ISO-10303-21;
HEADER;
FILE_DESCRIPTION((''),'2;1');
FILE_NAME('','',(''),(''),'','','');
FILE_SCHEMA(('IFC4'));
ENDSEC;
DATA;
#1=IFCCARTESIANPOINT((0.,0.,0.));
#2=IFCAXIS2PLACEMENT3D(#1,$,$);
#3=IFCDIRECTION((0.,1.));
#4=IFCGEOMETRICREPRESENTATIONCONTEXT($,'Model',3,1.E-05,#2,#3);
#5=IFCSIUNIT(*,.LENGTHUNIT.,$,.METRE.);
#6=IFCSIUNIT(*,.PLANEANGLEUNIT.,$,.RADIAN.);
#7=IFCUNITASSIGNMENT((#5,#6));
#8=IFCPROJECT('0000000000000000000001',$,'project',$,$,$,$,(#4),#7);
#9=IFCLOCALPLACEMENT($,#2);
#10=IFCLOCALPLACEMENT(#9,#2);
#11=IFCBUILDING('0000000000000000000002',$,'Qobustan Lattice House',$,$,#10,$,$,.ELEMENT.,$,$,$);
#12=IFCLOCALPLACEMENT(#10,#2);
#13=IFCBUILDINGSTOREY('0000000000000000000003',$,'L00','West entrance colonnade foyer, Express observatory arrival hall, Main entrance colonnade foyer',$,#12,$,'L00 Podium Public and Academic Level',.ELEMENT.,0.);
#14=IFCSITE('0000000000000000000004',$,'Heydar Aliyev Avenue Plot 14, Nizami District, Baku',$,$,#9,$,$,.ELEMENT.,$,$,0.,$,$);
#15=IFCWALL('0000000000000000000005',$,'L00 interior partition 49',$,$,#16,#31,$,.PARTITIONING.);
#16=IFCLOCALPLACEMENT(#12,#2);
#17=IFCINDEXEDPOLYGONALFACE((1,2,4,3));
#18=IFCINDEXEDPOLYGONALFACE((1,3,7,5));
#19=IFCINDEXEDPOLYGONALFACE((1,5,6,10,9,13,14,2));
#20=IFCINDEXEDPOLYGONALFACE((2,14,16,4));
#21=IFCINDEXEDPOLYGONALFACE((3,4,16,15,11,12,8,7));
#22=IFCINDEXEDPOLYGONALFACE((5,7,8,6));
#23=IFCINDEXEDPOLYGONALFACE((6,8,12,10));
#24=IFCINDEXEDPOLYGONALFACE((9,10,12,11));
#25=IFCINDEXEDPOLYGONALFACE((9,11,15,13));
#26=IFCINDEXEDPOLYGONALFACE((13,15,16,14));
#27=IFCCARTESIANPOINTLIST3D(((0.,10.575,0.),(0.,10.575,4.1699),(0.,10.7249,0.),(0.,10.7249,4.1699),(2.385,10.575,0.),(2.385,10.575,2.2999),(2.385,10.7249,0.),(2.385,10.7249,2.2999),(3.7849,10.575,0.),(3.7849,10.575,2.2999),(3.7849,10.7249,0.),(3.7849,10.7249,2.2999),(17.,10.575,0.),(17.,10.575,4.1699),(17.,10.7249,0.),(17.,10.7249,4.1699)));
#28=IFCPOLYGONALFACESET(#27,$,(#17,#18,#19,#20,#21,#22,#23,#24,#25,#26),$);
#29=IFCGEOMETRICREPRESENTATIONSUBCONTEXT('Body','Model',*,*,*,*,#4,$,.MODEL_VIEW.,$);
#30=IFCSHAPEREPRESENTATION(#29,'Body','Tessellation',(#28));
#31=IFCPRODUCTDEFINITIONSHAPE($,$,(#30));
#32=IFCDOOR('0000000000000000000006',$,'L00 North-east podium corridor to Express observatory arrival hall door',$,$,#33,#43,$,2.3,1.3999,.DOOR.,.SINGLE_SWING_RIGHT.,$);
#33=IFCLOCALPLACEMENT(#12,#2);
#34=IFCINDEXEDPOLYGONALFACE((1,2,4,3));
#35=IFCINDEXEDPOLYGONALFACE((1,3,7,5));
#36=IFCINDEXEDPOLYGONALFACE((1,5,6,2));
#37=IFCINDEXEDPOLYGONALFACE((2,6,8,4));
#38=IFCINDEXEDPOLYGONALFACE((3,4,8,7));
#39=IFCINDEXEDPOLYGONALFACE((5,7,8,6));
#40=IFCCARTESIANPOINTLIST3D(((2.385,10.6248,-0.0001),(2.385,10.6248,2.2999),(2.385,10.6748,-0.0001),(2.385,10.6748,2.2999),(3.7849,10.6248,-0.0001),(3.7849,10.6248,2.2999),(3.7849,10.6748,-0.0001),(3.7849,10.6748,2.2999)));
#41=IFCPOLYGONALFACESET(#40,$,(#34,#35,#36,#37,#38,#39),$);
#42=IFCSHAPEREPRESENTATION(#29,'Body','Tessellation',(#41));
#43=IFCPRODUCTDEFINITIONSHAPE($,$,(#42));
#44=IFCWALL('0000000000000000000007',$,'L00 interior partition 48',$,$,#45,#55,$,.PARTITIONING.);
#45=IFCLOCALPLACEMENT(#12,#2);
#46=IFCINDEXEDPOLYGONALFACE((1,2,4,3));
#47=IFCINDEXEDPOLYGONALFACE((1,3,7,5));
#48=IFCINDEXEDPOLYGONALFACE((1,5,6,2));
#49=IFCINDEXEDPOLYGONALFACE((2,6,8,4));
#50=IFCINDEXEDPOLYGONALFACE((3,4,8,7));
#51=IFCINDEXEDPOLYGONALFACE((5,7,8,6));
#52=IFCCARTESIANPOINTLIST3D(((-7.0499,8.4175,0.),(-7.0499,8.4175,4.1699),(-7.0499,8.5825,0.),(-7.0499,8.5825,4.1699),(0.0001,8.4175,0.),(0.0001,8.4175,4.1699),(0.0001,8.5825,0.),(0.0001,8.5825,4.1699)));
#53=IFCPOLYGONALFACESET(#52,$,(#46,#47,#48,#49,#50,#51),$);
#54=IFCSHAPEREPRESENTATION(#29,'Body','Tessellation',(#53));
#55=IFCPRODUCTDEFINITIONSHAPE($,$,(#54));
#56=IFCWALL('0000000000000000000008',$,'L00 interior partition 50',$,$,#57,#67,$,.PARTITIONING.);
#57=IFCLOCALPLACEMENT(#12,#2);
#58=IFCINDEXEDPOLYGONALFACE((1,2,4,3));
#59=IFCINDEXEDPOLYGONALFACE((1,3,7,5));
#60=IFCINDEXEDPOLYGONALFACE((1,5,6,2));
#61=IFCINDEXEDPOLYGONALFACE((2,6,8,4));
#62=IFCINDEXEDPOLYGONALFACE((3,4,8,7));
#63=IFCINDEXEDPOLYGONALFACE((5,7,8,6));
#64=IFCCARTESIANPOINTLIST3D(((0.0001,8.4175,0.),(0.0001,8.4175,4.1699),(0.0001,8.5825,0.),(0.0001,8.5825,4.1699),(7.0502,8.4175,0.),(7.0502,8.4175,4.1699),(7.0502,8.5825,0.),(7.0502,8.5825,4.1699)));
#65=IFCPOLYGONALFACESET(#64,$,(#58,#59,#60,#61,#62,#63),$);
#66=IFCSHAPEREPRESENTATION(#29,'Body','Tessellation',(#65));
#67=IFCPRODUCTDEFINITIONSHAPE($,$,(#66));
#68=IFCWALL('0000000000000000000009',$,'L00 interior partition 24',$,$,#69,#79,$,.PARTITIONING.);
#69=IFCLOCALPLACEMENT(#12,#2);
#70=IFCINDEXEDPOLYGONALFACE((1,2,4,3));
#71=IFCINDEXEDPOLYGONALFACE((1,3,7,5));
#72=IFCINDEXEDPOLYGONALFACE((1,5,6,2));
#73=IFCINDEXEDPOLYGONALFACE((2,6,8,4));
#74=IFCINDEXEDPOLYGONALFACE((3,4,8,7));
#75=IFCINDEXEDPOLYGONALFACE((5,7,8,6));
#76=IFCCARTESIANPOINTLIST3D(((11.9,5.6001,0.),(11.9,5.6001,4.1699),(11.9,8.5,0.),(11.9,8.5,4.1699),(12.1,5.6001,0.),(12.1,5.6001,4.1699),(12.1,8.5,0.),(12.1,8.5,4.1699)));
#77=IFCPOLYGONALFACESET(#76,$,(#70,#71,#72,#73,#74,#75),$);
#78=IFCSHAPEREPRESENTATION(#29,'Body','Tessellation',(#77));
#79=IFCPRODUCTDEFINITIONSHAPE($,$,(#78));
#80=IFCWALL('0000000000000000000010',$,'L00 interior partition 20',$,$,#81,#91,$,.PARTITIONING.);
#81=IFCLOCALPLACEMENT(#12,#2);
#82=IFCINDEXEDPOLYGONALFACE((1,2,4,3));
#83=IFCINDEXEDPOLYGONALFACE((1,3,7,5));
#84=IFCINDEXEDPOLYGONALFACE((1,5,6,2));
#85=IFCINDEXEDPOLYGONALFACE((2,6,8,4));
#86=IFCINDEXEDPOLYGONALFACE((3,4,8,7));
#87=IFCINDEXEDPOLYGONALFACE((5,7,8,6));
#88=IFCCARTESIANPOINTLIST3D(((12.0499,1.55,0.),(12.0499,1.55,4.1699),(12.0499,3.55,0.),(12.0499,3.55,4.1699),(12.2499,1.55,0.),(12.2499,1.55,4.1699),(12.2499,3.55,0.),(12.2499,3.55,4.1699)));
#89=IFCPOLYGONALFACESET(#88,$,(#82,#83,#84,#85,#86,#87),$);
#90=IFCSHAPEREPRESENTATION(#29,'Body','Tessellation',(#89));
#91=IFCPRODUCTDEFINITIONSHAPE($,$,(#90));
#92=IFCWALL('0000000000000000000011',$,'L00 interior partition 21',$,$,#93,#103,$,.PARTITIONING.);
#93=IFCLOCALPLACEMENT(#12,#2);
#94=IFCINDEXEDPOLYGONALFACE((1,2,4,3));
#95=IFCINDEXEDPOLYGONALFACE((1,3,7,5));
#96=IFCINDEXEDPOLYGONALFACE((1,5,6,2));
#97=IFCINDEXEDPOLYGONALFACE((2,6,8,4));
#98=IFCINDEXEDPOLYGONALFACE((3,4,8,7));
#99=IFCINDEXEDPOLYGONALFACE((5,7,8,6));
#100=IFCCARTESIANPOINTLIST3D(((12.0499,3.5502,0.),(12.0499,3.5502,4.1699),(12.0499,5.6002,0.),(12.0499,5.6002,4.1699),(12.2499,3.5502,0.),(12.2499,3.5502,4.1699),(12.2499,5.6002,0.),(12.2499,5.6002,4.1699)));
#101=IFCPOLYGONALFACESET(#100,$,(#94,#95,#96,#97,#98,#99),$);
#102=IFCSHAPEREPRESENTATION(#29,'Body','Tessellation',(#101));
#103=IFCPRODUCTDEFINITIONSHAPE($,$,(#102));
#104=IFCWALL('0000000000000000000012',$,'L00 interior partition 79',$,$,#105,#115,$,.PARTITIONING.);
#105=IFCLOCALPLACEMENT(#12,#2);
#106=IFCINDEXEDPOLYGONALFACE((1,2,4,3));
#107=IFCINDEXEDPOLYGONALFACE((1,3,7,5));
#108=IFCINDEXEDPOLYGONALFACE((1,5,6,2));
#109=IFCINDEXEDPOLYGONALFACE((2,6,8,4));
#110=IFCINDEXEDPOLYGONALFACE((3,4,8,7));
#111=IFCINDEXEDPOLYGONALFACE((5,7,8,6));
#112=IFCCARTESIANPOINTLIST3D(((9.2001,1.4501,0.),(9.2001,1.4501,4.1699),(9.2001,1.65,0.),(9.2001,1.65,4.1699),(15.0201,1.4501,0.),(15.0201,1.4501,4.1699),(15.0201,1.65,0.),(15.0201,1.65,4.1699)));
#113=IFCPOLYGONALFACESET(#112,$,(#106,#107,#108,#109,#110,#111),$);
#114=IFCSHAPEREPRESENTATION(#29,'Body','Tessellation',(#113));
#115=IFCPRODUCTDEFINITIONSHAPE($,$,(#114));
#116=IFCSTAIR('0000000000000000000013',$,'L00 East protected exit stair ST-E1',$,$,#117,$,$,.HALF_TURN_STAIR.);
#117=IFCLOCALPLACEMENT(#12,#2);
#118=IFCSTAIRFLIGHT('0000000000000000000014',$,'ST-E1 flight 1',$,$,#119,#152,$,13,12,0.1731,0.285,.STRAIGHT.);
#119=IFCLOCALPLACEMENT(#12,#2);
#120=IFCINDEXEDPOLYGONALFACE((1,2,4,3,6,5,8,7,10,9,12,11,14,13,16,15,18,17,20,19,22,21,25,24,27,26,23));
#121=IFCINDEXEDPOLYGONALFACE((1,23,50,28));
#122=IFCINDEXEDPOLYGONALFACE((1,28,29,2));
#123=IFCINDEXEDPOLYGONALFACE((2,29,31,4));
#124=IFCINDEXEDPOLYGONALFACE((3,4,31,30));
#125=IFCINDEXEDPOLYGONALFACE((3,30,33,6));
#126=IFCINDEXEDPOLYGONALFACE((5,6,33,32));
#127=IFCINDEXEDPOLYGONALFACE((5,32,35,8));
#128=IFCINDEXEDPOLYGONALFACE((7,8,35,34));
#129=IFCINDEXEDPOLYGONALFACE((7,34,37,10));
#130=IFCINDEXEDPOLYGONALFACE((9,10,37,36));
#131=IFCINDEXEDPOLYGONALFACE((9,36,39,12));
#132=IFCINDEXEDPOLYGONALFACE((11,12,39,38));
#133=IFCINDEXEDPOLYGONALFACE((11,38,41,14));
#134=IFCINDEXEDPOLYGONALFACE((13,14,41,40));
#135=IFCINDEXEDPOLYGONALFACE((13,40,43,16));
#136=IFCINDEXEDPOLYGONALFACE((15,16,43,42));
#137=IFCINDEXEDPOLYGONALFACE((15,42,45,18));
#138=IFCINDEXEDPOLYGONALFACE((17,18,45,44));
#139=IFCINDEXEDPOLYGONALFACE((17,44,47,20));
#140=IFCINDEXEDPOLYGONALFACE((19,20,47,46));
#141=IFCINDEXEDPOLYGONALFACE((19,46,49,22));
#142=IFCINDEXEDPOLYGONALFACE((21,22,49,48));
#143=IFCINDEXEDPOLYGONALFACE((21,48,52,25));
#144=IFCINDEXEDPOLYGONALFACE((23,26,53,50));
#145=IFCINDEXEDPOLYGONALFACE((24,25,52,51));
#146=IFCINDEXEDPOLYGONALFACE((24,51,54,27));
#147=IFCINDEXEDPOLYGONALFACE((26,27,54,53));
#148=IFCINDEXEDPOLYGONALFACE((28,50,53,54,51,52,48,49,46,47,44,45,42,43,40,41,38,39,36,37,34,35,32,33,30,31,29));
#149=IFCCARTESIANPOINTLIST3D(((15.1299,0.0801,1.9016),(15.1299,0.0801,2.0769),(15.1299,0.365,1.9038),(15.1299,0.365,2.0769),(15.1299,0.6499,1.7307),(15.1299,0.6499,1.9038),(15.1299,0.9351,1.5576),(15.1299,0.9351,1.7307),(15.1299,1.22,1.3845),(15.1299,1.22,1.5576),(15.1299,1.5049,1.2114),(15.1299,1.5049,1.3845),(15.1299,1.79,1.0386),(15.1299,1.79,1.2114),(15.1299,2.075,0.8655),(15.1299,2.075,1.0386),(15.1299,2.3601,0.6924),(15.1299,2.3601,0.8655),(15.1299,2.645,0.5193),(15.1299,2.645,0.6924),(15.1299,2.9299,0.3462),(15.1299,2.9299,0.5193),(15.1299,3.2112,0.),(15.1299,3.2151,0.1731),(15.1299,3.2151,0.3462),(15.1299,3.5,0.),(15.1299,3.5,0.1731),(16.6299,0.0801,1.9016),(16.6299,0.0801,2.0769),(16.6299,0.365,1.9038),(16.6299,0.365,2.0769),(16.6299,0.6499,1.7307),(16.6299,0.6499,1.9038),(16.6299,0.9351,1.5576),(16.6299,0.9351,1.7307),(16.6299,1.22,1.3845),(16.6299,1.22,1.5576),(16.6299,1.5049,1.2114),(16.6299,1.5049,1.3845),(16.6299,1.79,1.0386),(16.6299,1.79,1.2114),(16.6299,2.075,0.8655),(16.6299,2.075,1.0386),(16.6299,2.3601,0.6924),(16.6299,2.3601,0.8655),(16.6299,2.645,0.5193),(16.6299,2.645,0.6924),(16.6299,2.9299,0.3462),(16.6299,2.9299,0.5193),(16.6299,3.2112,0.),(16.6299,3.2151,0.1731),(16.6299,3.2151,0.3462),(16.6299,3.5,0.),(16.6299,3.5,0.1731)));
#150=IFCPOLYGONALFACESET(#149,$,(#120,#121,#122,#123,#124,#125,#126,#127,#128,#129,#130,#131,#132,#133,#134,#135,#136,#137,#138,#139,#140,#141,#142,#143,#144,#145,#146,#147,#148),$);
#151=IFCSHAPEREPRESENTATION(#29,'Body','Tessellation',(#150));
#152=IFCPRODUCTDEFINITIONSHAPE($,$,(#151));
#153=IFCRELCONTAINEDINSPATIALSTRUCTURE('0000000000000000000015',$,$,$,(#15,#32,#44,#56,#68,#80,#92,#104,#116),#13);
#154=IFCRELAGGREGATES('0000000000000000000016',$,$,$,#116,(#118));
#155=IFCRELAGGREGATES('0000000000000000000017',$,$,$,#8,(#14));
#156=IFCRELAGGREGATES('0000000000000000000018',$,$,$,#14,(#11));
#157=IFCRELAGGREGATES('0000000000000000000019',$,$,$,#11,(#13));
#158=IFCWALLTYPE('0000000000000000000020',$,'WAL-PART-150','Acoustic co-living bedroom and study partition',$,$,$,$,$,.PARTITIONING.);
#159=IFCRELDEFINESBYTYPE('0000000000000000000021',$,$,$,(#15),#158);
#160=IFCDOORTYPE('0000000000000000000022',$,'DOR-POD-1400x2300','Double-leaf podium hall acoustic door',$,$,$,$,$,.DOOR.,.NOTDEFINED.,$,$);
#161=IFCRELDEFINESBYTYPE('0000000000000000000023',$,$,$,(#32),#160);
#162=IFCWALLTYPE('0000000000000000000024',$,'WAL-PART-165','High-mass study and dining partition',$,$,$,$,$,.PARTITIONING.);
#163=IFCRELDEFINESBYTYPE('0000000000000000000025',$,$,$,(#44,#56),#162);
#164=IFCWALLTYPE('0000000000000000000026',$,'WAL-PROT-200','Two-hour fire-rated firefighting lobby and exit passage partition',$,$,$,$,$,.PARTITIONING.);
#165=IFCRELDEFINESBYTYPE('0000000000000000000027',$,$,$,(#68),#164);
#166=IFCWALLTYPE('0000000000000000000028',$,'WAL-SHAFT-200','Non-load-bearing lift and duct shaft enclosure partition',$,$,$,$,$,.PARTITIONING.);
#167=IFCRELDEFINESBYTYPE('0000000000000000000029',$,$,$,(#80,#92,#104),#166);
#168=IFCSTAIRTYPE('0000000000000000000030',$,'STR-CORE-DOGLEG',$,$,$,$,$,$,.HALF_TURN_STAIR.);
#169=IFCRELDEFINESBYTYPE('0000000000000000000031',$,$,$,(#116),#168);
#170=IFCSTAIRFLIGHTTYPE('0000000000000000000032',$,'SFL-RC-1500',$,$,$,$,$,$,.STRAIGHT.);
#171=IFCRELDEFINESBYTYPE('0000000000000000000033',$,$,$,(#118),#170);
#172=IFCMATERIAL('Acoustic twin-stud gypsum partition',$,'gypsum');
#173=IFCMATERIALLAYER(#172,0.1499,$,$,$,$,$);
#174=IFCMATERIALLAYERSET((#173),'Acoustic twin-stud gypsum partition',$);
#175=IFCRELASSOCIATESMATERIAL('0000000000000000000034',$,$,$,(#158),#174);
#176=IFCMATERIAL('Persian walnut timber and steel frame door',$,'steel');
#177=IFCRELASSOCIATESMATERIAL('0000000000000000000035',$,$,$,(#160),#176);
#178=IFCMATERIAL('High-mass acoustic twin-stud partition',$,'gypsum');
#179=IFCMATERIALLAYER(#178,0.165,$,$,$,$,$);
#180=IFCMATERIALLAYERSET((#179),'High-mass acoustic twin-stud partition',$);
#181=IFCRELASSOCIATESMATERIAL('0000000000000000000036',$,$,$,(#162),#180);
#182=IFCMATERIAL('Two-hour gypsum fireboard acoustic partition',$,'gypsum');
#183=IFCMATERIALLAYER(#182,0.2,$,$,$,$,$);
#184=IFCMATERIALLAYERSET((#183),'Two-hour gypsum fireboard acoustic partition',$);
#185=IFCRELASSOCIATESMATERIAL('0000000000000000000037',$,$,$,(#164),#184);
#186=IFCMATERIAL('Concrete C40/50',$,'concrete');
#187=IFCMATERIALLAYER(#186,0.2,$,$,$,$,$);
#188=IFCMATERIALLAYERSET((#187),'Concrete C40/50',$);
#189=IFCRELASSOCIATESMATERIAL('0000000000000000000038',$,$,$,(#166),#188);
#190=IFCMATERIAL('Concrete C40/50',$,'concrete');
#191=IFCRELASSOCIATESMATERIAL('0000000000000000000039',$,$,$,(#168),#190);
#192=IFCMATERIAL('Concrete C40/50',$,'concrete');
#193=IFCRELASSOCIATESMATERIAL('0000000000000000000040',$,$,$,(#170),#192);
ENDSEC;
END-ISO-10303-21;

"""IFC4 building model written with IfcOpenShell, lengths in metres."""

from ifc_helpers import new_model, si_unit, direction, frame, frame_2d, origin, place, context, subcontext, project, spatial, polyline, rectangle, outline, extrude, material, layer, layer_set, type_object, element, fill, aggregate, save


model = new_model("IFC4")

# Units and contexts
model_context = context("Model", 3, precision=1e-05, world=origin(), true_north=direction((0.0, 1.0)))
body_context = subcontext(model_context, "Body", "Model", "MODEL_VIEW")
ifc_project = project(units=[si_unit("LENGTHUNIT", "METRE"), si_unit("PLANEANGLEUNIT", "RADIAN")], contexts=[model_context])

# Site, building, storey
site_placement = place(None, origin())
site = spatial("IfcSite", under=ifc_project, at=site_placement, Name="Heydar Aliyev Avenue Plot 14, Nizami District, Baku", CompositionType="ELEMENT", RefElevation=0.0)
building_placement = place(site_placement, origin())
building = spatial("IfcBuilding", under=site, at=building_placement, Name="Qobustan Lattice House", CompositionType="ELEMENT")
storey_placement = place(building_placement, origin())
storey = spatial("IfcBuildingStorey", under=building, at=storey_placement, Name="L00", Description="West entrance colonnade foyer, Express observatory arrival hall, Main entrance colonnade foyer", LongName="L00 Podium Public and Academic Level", CompositionType="ELEMENT", Elevation=0.0)

# Wall, opening, door
ifc_material_1 = material(Name="Acoustic twin-stud gypsum partition", Category="gypsum")
ifc_layer_1 = layer(ifc_material_1, 0.1499)
ifc_layer_set_1 = layer_set([ifc_layer_1], Name="Acoustic twin-stud gypsum partition")
wall_type_1 = type_object("IfcWallType", Name="WAL-PART-150", Description="Acoustic co-living bedroom and study partition", PredefinedType="PARTITIONING", material=ifc_layer_set_1)
wall_1_placement = place(storey_placement, frame((0.0, 10.6499, 0.0), z_axis=(0.0, 0.0, 1.0), x_axis=(1.0, 0.0, 0.0)))
wall_1 = element("IfcWall", 1, at=wall_1_placement, inside=storey, type_object=wall_type_1, Name="L00 interior partition 49", PredefinedType="PARTITIONING", context=body_context, shape_type="SweptSolid", body=[
    extrude(rectangle(XDim=17.0, YDim=0.1499, at=frame_2d((8.5, 0.0))), origin(), (0.0, 0.0, 1.0), 4.1699),
])
opening_1_placement = place(wall_1_placement, frame((2.385, 0.0, 0.0)))
opening_1 = element("IfcOpeningElement", 2, at=opening_1_placement, cuts=wall_1, PredefinedType="OPENING", context=body_context, shape_type="SweptSolid", body=[
    extrude(rectangle(XDim=1.3999, YDim=2.3, at=frame_2d((0.7, 1.1499))), frame((0.0, 0.085, 0.0), z_axis=(0.0, -1.0, 0.0), x_axis=(1.0, 0.0, 0.0)), (0.0, 0.0, 1.0), 0.1699),
])
ifc_material_2 = material(Name="Persian walnut timber and steel frame door", Category="steel")
door_type_1 = type_object("IfcDoorType", Name="DOR-POD-1400x2300", Description="Double-leaf podium hall acoustic door", OperationType="NOTDEFINED", PredefinedType="DOOR", material=ifc_material_2)
door_1_placement = place(opening_1_placement, origin())
door_1 = element("IfcDoor", 3, at=door_1_placement, inside=storey, type_object=door_type_1, Name="L00 North-east podium corridor to Express observatory arrival hall door", OperationType="SINGLE_SWING_RIGHT", OverallHeight=2.3, OverallWidth=1.3999, PredefinedType="DOOR", context=body_context, shape_type="SweptSolid", body=[
    extrude(rectangle(XDim=1.3999, YDim=2.3, at=frame_2d((0.7, 1.1499))), frame((0.0, 0.0249, 0.0), z_axis=(0.0, -1.0, 0.0), x_axis=(1.0, 0.0, 0.0)), (0.0, 0.0, 1.0), 0.05),
])
fill(opening_1, door_1)

# Walls
ifc_material_3 = material(Name="High-mass acoustic twin-stud partition", Category="gypsum")
ifc_layer_2 = layer(ifc_material_3, 0.165)
ifc_layer_set_2 = layer_set([ifc_layer_2], Name="High-mass acoustic twin-stud partition")
wall_type_2 = type_object("IfcWallType", Name="WAL-PART-165", Description="High-mass study and dining partition", PredefinedType="PARTITIONING", material=ifc_layer_set_2)
for number, where, z_axis, x_axis, name in (
    (4, (0.0, 8.5, 0.0), (0.0, 0.0, 1.0), (-1.0, 0.0, 0.0), "L00 interior partition 48"),
    (5, (7.05, 8.5, 0.0), (0.0, 0.0, 1.0), (-1.0, 0.0, 0.0), "L00 interior partition 50"),
):
    element("IfcWall", number, at=place(storey_placement, frame(where, z_axis=z_axis, x_axis=x_axis)), inside=storey, type_object=wall_type_2, Name=name, PredefinedType="PARTITIONING", context=body_context, shape_type="SweptSolid", body=[
        extrude(rectangle(XDim=7.05, YDim=0.165, at=frame_2d((3.5249, 0.0))), origin(), (0.0, 0.0, 1.0), 4.1699),
    ])
ifc_material_4 = material(Name="Two-hour gypsum fireboard acoustic partition", Category="gypsum")
ifc_layer_3 = layer(ifc_material_4, 0.2)
ifc_layer_set_3 = layer_set([ifc_layer_3], Name="Two-hour gypsum fireboard acoustic partition")
wall_type_3 = type_object("IfcWallType", Name="WAL-PROT-200", Description="Two-hour fire-rated firefighting lobby and exit passage partition", PredefinedType="PARTITIONING", material=ifc_layer_set_3)
wall_2_placement = place(storey_placement, frame((12.0, 8.5, 0.0), z_axis=(0.0, 0.0, 1.0), x_axis=(0.0, -1.0, 0.0)))
element("IfcWall", 6, at=wall_2_placement, inside=storey, type_object=wall_type_3, Name="L00 interior partition 24", PredefinedType="PARTITIONING", context=body_context, shape_type="SweptSolid", body=[
    extrude(rectangle(XDim=2.8999, YDim=0.2, at=frame_2d((1.45, 0.0))), origin(), (0.0, 0.0, 1.0), 4.1699),
])
ifc_material_5 = material(Name="Concrete C40/50", Category="concrete")
ifc_layer_4 = layer(ifc_material_5, 0.2)
ifc_layer_set_4 = layer_set([ifc_layer_4], Name="Concrete C40/50")
wall_type_4 = type_object("IfcWallType", Name="WAL-SHAFT-200", Description="Non-load-bearing lift and duct shaft enclosure partition", PredefinedType="PARTITIONING", material=ifc_layer_set_4)
wall_3_placement = place(storey_placement, frame((12.1499, 3.55, 0.0), z_axis=(0.0, 0.0, 1.0), x_axis=(0.0, -1.0, 0.0)))
element("IfcWall", 7, at=wall_3_placement, inside=storey, type_object=wall_type_4, Name="L00 interior partition 20", PredefinedType="PARTITIONING", context=body_context, shape_type="SweptSolid", body=[
    extrude(rectangle(XDim=2.0, YDim=0.2, at=frame_2d((1.0, 0.0))), origin(), (0.0, 0.0, 1.0), 4.1699),
])
wall_4_placement = place(storey_placement, frame((12.1499, 5.6001, 0.0), z_axis=(0.0, 0.0, 1.0), x_axis=(0.0, -1.0, 0.0)))
element("IfcWall", 8, at=wall_4_placement, inside=storey, type_object=wall_type_4, Name="L00 interior partition 21", PredefinedType="PARTITIONING", context=body_context, shape_type="SweptSolid", body=[
    extrude(rectangle(XDim=2.05, YDim=0.2, at=frame_2d((1.0249, 0.0))), origin(), (0.0, 0.0, 1.0), 4.1699),
])
wall_5_placement = place(storey_placement, frame((9.2, 1.55, 0.0), z_axis=(0.0, 0.0, 1.0), x_axis=(1.0, 0.0, 0.0)))
element("IfcWall", 9, at=wall_5_placement, inside=storey, type_object=wall_type_4, Name="L00 interior partition 79", PredefinedType="PARTITIONING", context=body_context, shape_type="SweptSolid", body=[
    extrude(rectangle(XDim=5.8201, YDim=0.2, at=frame_2d((2.9102, 0.0))), origin(), (0.0, 0.0, 1.0), 4.1699),
])

# Stair, stair flight
ifc_material_6 = material(Name="Concrete C40/50", Category="concrete")
stair_type = type_object("IfcStairType", Name="STR-CORE-DOGLEG", PredefinedType="HALF_TURN_STAIR", material=ifc_material_6)
stair_placement = place(storey_placement, origin())
stair = element("IfcStair", 10, at=stair_placement, inside=storey, type_object=stair_type, Name="L00 East protected exit stair ST-E1", PredefinedType="HALF_TURN_STAIR")
ifc_material_7 = material(Name="Concrete C40/50", Category="concrete")
stair_flight_type = type_object("IfcStairFlightType", Name="SFL-RC-1500", PredefinedType="STRAIGHT", material=ifc_material_7)
stair_flight_placement = place(storey_placement, frame((15.8799, 3.5, 0.0), z_axis=(0.0, 0.0, 1.0), x_axis=(0.0, -1.0, 0.0)))
stair_flight = element("IfcStairFlight", 11, at=stair_flight_placement, type_object=stair_flight_type, Name="ST-E1 flight 1", NumberOfRisers=13, NumberOfTreads=12, PredefinedType="STRAIGHT", RiserHeight=0.1731, TreadLength=0.285, context=body_context, shape_type="SweptSolid", body=[
    extrude(outline(polyline([(0.0, 0.0), (0.0, 0.1731), (0.2849, 0.1731), (0.2849, 0.3462), (0.5701, 0.3462), (0.5701, 0.5193), (0.855, 0.5193), (0.855, 0.6924), (1.1399, 0.6924), (1.1399, 0.8655), (1.425, 0.8655), (1.425, 1.0386), (1.71, 1.0386), (1.71, 1.2114), (1.9951, 1.2114), (1.9951, 1.3845), (2.28, 1.3845), (2.28, 1.5576), (2.5649, 1.5576), (2.5649, 1.7307), (2.8501, 1.7307), (2.8501, 1.9038), (3.135, 1.9038), (3.135, 2.0769), (3.4199, 2.0769), (3.4199, 2.25), (3.4199, 1.9016), (0.2888, 0.0), (0.0, 0.0)])), frame((0.0, 0.75, 0.0), z_axis=(0.0, -1.0, 0.0), x_axis=(1.0, 0.0, 0.0)), (0.0, 0.0, 1.0), 1.5),
])
aggregate(stair, [stair_flight])

save(model, "model.ifc")
